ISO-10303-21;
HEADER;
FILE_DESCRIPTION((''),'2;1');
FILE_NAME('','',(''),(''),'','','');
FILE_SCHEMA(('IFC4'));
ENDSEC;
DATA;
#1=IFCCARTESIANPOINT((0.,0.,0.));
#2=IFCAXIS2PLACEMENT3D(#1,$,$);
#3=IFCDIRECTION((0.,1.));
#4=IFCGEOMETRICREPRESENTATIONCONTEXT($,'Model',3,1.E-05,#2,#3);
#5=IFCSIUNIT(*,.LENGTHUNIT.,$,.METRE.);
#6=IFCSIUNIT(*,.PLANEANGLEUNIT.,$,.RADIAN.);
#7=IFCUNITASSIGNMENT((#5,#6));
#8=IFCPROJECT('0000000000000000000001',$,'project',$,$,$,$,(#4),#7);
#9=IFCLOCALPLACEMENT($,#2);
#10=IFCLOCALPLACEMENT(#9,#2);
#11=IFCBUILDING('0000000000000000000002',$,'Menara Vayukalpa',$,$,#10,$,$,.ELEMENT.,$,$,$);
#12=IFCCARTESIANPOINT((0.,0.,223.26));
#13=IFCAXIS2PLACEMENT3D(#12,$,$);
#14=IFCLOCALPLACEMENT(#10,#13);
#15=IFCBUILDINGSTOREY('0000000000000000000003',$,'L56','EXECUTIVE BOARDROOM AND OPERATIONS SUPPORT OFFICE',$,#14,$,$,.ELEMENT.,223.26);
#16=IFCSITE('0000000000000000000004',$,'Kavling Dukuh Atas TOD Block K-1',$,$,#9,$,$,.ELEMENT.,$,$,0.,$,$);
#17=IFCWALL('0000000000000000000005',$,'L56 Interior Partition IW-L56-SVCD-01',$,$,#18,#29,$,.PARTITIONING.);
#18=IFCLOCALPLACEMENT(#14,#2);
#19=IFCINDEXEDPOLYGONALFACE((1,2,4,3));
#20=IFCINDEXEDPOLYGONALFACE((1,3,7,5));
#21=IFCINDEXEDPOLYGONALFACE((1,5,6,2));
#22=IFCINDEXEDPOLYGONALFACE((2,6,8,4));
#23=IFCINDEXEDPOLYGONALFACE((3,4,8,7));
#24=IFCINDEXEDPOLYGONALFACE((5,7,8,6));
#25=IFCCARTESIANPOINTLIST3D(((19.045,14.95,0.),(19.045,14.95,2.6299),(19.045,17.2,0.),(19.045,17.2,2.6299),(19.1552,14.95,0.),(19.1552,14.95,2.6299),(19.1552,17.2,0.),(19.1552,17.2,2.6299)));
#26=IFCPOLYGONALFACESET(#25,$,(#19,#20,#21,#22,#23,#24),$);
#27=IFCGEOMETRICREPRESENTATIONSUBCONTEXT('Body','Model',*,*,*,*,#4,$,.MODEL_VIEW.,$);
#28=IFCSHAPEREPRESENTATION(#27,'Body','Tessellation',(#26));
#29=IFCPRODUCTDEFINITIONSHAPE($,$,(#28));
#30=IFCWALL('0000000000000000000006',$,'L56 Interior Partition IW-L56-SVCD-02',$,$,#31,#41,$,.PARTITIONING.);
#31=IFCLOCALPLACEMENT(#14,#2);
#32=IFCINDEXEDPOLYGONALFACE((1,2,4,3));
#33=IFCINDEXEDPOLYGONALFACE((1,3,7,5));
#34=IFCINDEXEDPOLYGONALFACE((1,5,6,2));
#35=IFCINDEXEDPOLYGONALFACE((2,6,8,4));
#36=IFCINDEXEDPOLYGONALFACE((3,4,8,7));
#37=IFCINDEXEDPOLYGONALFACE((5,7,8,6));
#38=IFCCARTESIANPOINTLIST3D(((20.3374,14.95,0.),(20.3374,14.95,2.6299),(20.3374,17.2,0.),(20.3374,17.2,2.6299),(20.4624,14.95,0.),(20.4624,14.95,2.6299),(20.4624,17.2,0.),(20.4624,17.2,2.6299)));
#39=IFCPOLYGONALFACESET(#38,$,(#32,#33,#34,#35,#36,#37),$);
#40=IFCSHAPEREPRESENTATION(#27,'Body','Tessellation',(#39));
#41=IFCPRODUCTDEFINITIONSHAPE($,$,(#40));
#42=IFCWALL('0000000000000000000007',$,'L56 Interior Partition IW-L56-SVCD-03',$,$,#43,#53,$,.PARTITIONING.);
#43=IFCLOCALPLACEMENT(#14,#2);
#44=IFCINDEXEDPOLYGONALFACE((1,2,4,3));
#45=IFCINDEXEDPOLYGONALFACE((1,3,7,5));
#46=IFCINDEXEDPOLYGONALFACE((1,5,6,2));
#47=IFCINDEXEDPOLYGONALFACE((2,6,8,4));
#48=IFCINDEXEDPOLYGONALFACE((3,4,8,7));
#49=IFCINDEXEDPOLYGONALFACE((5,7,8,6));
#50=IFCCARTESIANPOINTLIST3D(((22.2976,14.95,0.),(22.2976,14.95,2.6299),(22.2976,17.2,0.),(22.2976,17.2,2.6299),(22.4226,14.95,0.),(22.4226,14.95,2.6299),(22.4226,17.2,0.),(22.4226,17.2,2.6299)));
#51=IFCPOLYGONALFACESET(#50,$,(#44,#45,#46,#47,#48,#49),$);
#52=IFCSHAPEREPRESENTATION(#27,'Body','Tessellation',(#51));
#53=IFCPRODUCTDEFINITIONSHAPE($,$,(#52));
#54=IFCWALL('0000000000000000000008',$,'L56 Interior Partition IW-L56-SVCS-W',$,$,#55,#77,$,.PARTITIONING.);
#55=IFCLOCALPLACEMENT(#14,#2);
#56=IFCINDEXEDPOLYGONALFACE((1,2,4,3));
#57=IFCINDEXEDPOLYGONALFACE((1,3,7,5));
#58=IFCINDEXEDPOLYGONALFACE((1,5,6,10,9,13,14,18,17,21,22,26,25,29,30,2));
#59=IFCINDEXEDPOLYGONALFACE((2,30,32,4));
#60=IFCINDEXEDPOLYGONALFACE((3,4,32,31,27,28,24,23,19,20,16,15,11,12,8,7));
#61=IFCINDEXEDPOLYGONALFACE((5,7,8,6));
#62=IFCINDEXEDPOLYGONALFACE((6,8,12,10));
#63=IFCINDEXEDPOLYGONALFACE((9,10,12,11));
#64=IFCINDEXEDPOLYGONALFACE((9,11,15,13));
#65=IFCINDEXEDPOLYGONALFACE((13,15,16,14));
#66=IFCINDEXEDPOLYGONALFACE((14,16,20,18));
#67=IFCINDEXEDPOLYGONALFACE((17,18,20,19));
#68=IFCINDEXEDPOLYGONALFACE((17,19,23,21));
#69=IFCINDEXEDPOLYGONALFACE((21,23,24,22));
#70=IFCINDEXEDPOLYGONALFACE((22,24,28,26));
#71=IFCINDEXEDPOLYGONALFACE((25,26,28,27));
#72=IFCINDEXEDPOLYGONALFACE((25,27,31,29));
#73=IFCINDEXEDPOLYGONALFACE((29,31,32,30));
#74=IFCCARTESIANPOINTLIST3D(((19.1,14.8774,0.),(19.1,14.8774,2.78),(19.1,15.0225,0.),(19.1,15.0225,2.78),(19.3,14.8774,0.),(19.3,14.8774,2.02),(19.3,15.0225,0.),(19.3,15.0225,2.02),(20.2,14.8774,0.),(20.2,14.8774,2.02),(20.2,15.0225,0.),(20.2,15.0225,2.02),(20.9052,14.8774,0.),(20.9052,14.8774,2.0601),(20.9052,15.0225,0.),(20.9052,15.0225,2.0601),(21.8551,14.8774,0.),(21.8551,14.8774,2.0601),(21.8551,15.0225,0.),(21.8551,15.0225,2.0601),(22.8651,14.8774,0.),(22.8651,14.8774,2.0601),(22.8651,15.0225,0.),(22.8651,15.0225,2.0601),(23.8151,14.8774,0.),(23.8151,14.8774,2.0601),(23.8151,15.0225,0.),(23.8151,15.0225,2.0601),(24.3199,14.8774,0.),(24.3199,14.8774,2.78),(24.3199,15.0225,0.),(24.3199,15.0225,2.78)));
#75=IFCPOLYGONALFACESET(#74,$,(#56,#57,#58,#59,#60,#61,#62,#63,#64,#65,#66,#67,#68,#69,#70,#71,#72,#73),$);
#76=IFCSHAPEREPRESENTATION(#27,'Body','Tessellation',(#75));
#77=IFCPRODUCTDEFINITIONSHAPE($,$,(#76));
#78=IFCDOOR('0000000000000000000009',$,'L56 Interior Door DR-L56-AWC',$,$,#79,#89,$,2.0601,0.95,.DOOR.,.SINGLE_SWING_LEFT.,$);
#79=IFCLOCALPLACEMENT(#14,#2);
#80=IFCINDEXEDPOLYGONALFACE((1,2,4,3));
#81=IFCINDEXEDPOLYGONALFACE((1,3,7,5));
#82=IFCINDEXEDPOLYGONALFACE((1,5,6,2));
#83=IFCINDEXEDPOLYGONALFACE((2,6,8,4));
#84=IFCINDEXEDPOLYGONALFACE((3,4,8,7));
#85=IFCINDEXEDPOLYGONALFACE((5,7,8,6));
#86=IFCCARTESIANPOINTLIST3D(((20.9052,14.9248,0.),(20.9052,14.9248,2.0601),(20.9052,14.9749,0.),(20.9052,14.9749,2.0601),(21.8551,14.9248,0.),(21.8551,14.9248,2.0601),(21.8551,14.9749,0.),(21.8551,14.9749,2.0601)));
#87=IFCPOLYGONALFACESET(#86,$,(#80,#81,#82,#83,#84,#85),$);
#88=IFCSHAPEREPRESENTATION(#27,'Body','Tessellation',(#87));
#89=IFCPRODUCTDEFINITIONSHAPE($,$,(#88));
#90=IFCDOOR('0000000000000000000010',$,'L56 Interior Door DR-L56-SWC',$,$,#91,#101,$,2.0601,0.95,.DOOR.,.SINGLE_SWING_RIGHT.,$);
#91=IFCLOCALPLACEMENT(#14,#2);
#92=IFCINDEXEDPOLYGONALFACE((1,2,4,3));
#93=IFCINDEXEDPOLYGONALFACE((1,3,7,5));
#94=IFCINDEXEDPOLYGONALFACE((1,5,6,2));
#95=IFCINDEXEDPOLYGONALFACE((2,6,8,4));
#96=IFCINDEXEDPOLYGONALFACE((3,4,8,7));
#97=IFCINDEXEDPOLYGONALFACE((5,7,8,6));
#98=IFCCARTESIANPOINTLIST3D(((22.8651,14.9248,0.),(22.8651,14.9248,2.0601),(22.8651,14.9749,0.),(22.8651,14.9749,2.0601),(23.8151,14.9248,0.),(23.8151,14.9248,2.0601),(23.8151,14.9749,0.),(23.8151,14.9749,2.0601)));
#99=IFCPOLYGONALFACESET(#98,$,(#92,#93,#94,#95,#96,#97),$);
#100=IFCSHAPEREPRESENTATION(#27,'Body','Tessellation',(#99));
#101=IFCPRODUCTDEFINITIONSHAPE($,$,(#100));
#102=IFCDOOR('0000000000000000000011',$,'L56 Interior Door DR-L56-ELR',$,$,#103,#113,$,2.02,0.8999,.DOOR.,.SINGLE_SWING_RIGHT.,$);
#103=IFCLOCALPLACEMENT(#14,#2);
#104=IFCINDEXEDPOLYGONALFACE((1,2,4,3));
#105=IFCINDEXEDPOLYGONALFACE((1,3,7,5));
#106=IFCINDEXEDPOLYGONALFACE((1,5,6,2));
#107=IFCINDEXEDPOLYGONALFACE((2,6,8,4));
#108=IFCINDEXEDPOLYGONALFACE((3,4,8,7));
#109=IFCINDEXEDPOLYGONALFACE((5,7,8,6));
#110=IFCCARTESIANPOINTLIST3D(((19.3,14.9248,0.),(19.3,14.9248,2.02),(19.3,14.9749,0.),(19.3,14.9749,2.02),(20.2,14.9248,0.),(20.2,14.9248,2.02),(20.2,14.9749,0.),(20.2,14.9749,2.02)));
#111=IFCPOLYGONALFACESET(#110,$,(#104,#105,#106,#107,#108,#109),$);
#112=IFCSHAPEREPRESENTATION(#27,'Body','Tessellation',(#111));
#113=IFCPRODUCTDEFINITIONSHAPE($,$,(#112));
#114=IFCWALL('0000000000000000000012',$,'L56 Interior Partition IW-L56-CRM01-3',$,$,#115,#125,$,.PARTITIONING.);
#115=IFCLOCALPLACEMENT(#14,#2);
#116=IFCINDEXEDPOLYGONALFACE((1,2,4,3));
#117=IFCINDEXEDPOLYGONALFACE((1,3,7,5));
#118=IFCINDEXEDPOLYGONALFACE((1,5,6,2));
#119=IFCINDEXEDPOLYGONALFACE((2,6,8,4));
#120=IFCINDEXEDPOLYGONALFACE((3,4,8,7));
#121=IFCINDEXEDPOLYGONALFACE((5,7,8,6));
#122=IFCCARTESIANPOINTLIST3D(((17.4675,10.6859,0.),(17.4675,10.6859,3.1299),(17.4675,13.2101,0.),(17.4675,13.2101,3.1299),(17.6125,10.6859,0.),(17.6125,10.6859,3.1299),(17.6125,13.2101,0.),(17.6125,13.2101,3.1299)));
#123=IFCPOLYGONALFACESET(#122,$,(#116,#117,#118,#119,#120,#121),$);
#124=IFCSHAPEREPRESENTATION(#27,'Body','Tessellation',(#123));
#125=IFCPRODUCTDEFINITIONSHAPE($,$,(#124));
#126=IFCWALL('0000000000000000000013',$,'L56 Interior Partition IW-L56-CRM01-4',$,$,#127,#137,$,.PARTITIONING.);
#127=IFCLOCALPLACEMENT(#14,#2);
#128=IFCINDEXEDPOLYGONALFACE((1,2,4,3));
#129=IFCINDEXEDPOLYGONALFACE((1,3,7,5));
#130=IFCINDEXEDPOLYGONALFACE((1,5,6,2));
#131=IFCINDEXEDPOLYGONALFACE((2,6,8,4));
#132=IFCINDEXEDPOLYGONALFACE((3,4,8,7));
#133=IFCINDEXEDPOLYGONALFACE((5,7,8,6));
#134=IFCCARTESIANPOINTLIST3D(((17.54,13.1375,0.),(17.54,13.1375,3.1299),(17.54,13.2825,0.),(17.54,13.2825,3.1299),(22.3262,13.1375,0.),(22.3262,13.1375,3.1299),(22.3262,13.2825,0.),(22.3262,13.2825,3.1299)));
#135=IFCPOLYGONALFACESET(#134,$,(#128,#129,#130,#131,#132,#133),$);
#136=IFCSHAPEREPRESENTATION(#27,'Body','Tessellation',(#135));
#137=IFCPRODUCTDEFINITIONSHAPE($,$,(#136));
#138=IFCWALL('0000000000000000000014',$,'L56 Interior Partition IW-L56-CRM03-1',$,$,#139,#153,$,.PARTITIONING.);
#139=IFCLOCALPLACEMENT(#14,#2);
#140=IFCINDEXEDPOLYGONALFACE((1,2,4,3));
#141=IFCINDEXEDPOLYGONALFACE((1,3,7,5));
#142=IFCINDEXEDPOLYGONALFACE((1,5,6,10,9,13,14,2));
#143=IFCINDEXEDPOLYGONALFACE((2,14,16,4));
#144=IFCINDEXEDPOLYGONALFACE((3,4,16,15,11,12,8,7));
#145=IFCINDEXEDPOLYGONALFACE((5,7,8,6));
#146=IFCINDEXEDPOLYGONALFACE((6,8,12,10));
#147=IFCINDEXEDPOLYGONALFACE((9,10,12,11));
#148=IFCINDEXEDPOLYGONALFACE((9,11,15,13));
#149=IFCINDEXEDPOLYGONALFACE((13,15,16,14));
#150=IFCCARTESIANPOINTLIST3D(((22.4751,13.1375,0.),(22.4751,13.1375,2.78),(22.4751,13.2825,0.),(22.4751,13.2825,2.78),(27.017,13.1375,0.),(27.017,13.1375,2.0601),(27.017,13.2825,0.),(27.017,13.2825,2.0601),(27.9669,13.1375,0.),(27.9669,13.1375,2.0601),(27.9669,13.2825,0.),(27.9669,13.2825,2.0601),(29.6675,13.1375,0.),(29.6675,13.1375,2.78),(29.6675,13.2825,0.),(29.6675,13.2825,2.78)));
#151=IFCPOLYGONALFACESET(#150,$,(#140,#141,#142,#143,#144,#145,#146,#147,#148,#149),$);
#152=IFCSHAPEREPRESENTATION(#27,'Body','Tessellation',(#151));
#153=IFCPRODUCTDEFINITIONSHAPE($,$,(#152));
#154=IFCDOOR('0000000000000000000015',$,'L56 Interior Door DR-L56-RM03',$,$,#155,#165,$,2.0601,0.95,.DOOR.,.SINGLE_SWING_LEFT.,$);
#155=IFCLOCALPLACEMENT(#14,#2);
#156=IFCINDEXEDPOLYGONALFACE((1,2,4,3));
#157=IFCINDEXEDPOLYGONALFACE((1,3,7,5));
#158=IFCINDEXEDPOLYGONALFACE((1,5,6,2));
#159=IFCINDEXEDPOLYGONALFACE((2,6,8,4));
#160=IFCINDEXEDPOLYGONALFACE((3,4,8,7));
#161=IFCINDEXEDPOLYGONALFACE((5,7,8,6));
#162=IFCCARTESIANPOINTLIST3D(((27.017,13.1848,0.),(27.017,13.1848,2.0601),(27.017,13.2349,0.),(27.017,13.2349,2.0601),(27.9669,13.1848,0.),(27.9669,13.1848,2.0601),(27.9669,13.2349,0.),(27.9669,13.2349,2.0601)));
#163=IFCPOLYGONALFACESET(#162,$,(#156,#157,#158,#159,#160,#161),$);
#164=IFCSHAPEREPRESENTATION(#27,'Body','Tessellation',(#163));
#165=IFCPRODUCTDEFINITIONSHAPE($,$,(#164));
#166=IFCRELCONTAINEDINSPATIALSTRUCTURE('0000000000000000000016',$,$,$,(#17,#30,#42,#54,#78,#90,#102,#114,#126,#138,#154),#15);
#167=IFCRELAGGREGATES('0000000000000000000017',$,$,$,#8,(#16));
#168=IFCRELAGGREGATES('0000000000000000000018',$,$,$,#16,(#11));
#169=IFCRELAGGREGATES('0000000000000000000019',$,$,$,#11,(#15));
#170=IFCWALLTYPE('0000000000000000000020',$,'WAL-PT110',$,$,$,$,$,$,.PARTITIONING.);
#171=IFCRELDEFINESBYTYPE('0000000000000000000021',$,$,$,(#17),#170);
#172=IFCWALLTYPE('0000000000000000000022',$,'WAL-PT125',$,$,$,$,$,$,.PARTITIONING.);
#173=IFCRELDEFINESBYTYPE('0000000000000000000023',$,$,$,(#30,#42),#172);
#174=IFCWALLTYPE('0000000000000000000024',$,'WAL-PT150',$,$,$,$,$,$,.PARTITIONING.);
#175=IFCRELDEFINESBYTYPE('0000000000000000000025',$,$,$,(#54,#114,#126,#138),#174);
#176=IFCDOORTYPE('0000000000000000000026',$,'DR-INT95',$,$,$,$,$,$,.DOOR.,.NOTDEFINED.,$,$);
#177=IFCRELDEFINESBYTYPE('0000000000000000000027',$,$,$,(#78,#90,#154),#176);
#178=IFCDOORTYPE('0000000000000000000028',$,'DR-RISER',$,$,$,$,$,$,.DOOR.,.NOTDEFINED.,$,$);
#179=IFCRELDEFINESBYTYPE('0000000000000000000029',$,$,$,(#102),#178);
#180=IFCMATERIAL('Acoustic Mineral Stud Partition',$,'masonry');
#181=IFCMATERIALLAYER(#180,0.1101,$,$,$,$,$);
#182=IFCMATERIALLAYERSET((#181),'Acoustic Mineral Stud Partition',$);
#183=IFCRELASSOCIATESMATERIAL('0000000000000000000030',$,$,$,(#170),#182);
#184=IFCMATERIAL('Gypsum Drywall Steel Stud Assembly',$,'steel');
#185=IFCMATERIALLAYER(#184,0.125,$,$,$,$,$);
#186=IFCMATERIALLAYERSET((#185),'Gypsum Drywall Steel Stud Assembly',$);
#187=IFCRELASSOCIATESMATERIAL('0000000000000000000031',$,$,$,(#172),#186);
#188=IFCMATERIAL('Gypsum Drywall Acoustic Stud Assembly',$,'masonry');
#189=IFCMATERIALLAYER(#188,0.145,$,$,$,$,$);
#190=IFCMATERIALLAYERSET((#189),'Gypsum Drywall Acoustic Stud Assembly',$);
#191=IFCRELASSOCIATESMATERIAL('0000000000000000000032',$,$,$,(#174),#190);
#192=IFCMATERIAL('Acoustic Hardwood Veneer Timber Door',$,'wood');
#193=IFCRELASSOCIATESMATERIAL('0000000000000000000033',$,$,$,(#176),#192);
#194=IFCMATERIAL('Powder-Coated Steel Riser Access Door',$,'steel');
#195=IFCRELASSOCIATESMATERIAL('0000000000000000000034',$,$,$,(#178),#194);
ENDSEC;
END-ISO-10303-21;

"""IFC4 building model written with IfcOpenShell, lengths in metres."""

from ifc_helpers import new_model, si_unit, direction, frame, frame_2d, origin, place, context, subcontext, project, spatial, rectangle, extrude, material, layer, layer_set, type_object, element, fill, save


model = new_model("IFC4")

# Units and contexts
model_context = context("Model", 3, precision=1e-05, world=origin(), true_north=direction((0.0, 1.0)))
body_context = subcontext(model_context, "Body", "Model", "MODEL_VIEW")
ifc_project = project(units=[si_unit("LENGTHUNIT", "METRE"), si_unit("PLANEANGLEUNIT", "RADIAN")], contexts=[model_context])

# Site, building, storey
site_placement = place(None, origin())
site = spatial("IfcSite", under=ifc_project, at=site_placement, Name="Kavling Dukuh Atas TOD Block K-1", CompositionType="ELEMENT", RefElevation=0.0)
building_placement = place(site_placement, origin())
building = spatial("IfcBuilding", under=site, at=building_placement, Name="Menara Vayukalpa", CompositionType="ELEMENT")
storey_placement = place(building_placement, frame((0.0, 0.0, 223.26)))
storey = spatial("IfcBuildingStorey", under=building, at=storey_placement, Name="L56", Description="EXECUTIVE BOARDROOM AND OPERATIONS SUPPORT OFFICE", CompositionType="ELEMENT", Elevation=223.26)

# Walls
ifc_material_1 = material(Name="Acoustic Mineral Stud Partition", Category="masonry")
ifc_layer_1 = layer(ifc_material_1, 0.1101)
ifc_layer_set_1 = layer_set([ifc_layer_1], Name="Acoustic Mineral Stud Partition")
wall_type_1 = type_object("IfcWallType", Name="WAL-PT110", PredefinedType="PARTITIONING", material=ifc_layer_set_1)
wall_1_placement = place(storey_placement, frame((19.1001, 14.95, 0.0), z_axis=(0.0, 0.0, 1.0), x_axis=(0.0, 1.0, 0.0)))
element("IfcWall", 1, at=wall_1_placement, inside=storey, type_object=wall_type_1, Name="L56 Interior Partition IW-L56-SVCD-01", PredefinedType="PARTITIONING", context=body_context, shape_type="SweptSolid", body=[
    extrude(rectangle(XDim=2.25, YDim=0.1101, at=frame_2d((1.125, 0.0))), origin(), (0.0, 0.0, 1.0), 2.6299),
])
ifc_material_2 = material(Name="Gypsum Drywall Steel Stud Assembly", Category="steel")
ifc_layer_2 = layer(ifc_material_2, 0.125)
ifc_layer_set_2 = layer_set([ifc_layer_2], Name="Gypsum Drywall Steel Stud Assembly")
wall_type_2 = type_object("IfcWallType", Name="WAL-PT125", PredefinedType="PARTITIONING", material=ifc_layer_set_2)
for number, where, z_axis, x_axis, name in (
    (2, (20.3999, 14.95, 0.0), (0.0, 0.0, 1.0), (0.0, 1.0, 0.0), "L56 Interior Partition IW-L56-SVCD-02"),
    (3, (22.3601, 14.95, 0.0), (0.0, 0.0, 1.0), (0.0, 1.0, 0.0), "L56 Interior Partition IW-L56-SVCD-03"),
):
    element("IfcWall", number, at=place(storey_placement, frame(where, z_axis=z_axis, x_axis=x_axis)), inside=storey, type_object=wall_type_2, Name=name, PredefinedType="PARTITIONING", context=body_context, shape_type="SweptSolid", body=[
        extrude(rectangle(XDim=2.25, YDim=0.125, at=frame_2d((1.125, 0.0))), origin(), (0.0, 0.0, 1.0), 2.6299),
    ])

# Wall, openings, doors
ifc_material_3 = material(Name="Gypsum Drywall Acoustic Stud Assembly", Category="masonry")
ifc_layer_3 = layer(ifc_material_3, 0.145)
ifc_layer_set_3 = layer_set([ifc_layer_3], Name="Gypsum Drywall Acoustic Stud Assembly")
wall_type_3 = type_object("IfcWallType", Name="WAL-PT150", PredefinedType="PARTITIONING", material=ifc_layer_set_3)
wall_2_placement = place(storey_placement, frame((19.1001, 14.95, 0.0), z_axis=(0.0, 0.0, 1.0), x_axis=(1.0, 0.0, 0.0)))
wall_2 = element("IfcWall", 4, at=wall_2_placement, inside=storey, type_object=wall_type_3, Name="L56 Interior Partition IW-L56-SVCS-W", PredefinedType="PARTITIONING", context=body_context, shape_type="SweptSolid", body=[
    extrude(rectangle(XDim=5.22, YDim=0.145, at=frame_2d((2.6099, 0.0))), origin(), (0.0, 0.0, 1.0), 2.78),
])
opening_1_placement = place(wall_2_placement, frame((0.2, 0.0, 0.0)))
opening_1 = element("IfcOpeningElement", 5, at=opening_1_placement, cuts=wall_2, PredefinedType="OPENING", context=body_context, shape_type="SweptSolid", body=[
    extrude(rectangle(XDim=0.8999, YDim=2.02, at=frame_2d((0.45, 1.01))), frame((0.0, 0.0825, 0.0), z_axis=(0.0, -1.0, 0.0), x_axis=(1.0, 0.0, 0.0)), (0.0, 0.0, 1.0), 0.165),
])
opening_2_placement = place(wall_2_placement, frame((1.8049, 0.0, 0.0)))
opening_2 = element("IfcOpeningElement", 6, at=opening_2_placement, cuts=wall_2, PredefinedType="OPENING", context=body_context, shape_type="SweptSolid", body=[
    extrude(rectangle(XDim=0.95, YDim=2.0601, at=frame_2d((0.4751, 1.03))), frame((0.0, 0.0825, 0.0), z_axis=(0.0, -1.0, 0.0), x_axis=(1.0, 0.0, 0.0)), (0.0, 0.0, 1.0), 0.165),
])
opening_3_placement = place(wall_2_placement, frame((3.7649, 0.0, 0.0)))
opening_3 = element("IfcOpeningElement", 7, at=opening_3_placement, cuts=wall_2, PredefinedType="OPENING", context=body_context, shape_type="SweptSolid", body=[
    extrude(rectangle(XDim=0.95, YDim=2.0601, at=frame_2d((0.4751, 1.03))), frame((0.0, 0.0825, 0.0), z_axis=(0.0, -1.0, 0.0), x_axis=(1.0, 0.0, 0.0)), (0.0, 0.0, 1.0), 0.165),
])
ifc_material_4 = material(Name="Acoustic Hardwood Veneer Timber Door", Category="wood")
door_type_1 = type_object("IfcDoorType", Name="DR-INT95", OperationType="NOTDEFINED", PredefinedType="DOOR", material=ifc_material_4)
door_1_placement = place(opening_2_placement, origin())
door_1 = element("IfcDoor", 8, at=door_1_placement, inside=storey, type_object=door_type_1, Name="L56 Interior Door DR-L56-AWC", OperationType="SINGLE_SWING_LEFT", OverallHeight=2.0601, OverallWidth=0.95, PredefinedType="DOOR", context=body_context, shape_type="SweptSolid", body=[
    extrude(rectangle(XDim=0.95, YDim=2.0601, at=frame_2d((0.4751, 1.03))), frame((0.0, 0.0249, 0.0), z_axis=(0.0, -1.0, 0.0), x_axis=(1.0, 0.0, 0.0)), (0.0, 0.0, 1.0), 0.05),
])
fill(opening_2, door_1)
door_2_placement = place(opening_3_placement, origin())
door_2 = element("IfcDoor", 9, at=door_2_placement, inside=storey, type_object=door_type_1, Name="L56 Interior Door DR-L56-SWC", OperationType="SINGLE_SWING_RIGHT", OverallHeight=2.0601, OverallWidth=0.95, PredefinedType="DOOR", context=body_context, shape_type="SweptSolid", body=[
    extrude(rectangle(XDim=0.95, YDim=2.0601, at=frame_2d((0.4751, 1.03))), frame((0.0, 0.0249, 0.0), z_axis=(0.0, -1.0, 0.0), x_axis=(1.0, 0.0, 0.0)), (0.0, 0.0, 1.0), 0.05),
])
fill(opening_3, door_2)
ifc_material_5 = material(Name="Powder-Coated Steel Riser Access Door", Category="steel")
door_type_2 = type_object("IfcDoorType", Name="DR-RISER", OperationType="NOTDEFINED", PredefinedType="DOOR", material=ifc_material_5)
door_3_placement = place(opening_1_placement, origin())
door_3 = element("IfcDoor", 10, at=door_3_placement, inside=storey, type_object=door_type_2, Name="L56 Interior Door DR-L56-ELR", OperationType="SINGLE_SWING_RIGHT", OverallHeight=2.02, OverallWidth=0.8999, PredefinedType="DOOR", context=body_context, shape_type="SweptSolid", body=[
    extrude(rectangle(XDim=0.8999, YDim=2.02, at=frame_2d((0.45, 1.01))), frame((0.0, 0.0249, 0.0), z_axis=(0.0, -1.0, 0.0), x_axis=(1.0, 0.0, 0.0)), (0.0, 0.0, 1.0), 0.05),
])
fill(opening_1, door_3)

# Walls
wall_3_placement = place(storey_placement, frame((17.54, 10.6858, 0.0), z_axis=(0.0, 0.0, 1.0), x_axis=(0.0, 1.0, 0.0)))
element("IfcWall", 11, at=wall_3_placement, inside=storey, type_object=wall_type_3, Name="L56 Interior Partition IW-L56-CRM01-3", PredefinedType="PARTITIONING", context=body_context, shape_type="SweptSolid", body=[
    extrude(rectangle(XDim=2.5242, YDim=0.145, at=frame_2d((1.2622, 0.0))), origin(), (0.0, 0.0, 1.0), 3.1299),
])
wall_4_placement = place(storey_placement, frame((17.54, 13.21, 0.0), z_axis=(0.0, 0.0, 1.0), x_axis=(1.0, 0.0, 0.0)))
element("IfcWall", 12, at=wall_4_placement, inside=storey, type_object=wall_type_3, Name="L56 Interior Partition IW-L56-CRM01-4", PredefinedType="PARTITIONING", context=body_context, shape_type="SweptSolid", body=[
    extrude(rectangle(XDim=4.7861, YDim=0.145, at=frame_2d((2.3931, 0.0))), origin(), (0.0, 0.0, 1.0), 3.1299),
])

# Wall, opening, door
wall_5_placement = place(storey_placement, frame((22.4751, 13.21, 0.0), z_axis=(0.0, 0.0, 1.0), x_axis=(1.0, 0.0, 0.0)))
wall_5 = element("IfcWall", 13, at=wall_5_placement, inside=storey, type_object=wall_type_3, Name="L56 Interior Partition IW-L56-CRM03-1", PredefinedType="PARTITIONING", context=body_context, shape_type="SweptSolid", body=[
    extrude(rectangle(XDim=7.1924, YDim=0.145, at=frame_2d((3.5962, 0.0))), origin(), (0.0, 0.0, 1.0), 2.78),
])
opening_4_placement = place(wall_5_placement, frame((4.5417, 0.0, 0.0)))
opening_4 = element("IfcOpeningElement", 14, at=opening_4_placement, cuts=wall_5, PredefinedType="OPENING", context=body_context, shape_type="SweptSolid", body=[
    extrude(rectangle(XDim=0.95, YDim=2.0601, at=frame_2d((0.4751, 1.03))), frame((0.0, 0.0825, 0.0), z_axis=(0.0, -1.0, 0.0), x_axis=(1.0, 0.0, 0.0)), (0.0, 0.0, 1.0), 0.165),
])
door_4_placement = place(opening_4_placement, origin())
door_4 = element("IfcDoor", 15, at=door_4_placement, inside=storey, type_object=door_type_1, Name="L56 Interior Door DR-L56-RM03", OperationType="SINGLE_SWING_LEFT", OverallHeight=2.0601, OverallWidth=0.95, PredefinedType="DOOR", context=body_context, shape_type="SweptSolid", body=[
    extrude(rectangle(XDim=0.95, YDim=2.0601, at=frame_2d((0.4751, 1.03))), frame((0.0, 0.0249, 0.0), z_axis=(0.0, -1.0, 0.0), x_axis=(1.0, 0.0, 0.0)), (0.0, 0.0, 1.0), 0.05),
])
fill(opening_4, door_4)

save(model, "model.ifc")
